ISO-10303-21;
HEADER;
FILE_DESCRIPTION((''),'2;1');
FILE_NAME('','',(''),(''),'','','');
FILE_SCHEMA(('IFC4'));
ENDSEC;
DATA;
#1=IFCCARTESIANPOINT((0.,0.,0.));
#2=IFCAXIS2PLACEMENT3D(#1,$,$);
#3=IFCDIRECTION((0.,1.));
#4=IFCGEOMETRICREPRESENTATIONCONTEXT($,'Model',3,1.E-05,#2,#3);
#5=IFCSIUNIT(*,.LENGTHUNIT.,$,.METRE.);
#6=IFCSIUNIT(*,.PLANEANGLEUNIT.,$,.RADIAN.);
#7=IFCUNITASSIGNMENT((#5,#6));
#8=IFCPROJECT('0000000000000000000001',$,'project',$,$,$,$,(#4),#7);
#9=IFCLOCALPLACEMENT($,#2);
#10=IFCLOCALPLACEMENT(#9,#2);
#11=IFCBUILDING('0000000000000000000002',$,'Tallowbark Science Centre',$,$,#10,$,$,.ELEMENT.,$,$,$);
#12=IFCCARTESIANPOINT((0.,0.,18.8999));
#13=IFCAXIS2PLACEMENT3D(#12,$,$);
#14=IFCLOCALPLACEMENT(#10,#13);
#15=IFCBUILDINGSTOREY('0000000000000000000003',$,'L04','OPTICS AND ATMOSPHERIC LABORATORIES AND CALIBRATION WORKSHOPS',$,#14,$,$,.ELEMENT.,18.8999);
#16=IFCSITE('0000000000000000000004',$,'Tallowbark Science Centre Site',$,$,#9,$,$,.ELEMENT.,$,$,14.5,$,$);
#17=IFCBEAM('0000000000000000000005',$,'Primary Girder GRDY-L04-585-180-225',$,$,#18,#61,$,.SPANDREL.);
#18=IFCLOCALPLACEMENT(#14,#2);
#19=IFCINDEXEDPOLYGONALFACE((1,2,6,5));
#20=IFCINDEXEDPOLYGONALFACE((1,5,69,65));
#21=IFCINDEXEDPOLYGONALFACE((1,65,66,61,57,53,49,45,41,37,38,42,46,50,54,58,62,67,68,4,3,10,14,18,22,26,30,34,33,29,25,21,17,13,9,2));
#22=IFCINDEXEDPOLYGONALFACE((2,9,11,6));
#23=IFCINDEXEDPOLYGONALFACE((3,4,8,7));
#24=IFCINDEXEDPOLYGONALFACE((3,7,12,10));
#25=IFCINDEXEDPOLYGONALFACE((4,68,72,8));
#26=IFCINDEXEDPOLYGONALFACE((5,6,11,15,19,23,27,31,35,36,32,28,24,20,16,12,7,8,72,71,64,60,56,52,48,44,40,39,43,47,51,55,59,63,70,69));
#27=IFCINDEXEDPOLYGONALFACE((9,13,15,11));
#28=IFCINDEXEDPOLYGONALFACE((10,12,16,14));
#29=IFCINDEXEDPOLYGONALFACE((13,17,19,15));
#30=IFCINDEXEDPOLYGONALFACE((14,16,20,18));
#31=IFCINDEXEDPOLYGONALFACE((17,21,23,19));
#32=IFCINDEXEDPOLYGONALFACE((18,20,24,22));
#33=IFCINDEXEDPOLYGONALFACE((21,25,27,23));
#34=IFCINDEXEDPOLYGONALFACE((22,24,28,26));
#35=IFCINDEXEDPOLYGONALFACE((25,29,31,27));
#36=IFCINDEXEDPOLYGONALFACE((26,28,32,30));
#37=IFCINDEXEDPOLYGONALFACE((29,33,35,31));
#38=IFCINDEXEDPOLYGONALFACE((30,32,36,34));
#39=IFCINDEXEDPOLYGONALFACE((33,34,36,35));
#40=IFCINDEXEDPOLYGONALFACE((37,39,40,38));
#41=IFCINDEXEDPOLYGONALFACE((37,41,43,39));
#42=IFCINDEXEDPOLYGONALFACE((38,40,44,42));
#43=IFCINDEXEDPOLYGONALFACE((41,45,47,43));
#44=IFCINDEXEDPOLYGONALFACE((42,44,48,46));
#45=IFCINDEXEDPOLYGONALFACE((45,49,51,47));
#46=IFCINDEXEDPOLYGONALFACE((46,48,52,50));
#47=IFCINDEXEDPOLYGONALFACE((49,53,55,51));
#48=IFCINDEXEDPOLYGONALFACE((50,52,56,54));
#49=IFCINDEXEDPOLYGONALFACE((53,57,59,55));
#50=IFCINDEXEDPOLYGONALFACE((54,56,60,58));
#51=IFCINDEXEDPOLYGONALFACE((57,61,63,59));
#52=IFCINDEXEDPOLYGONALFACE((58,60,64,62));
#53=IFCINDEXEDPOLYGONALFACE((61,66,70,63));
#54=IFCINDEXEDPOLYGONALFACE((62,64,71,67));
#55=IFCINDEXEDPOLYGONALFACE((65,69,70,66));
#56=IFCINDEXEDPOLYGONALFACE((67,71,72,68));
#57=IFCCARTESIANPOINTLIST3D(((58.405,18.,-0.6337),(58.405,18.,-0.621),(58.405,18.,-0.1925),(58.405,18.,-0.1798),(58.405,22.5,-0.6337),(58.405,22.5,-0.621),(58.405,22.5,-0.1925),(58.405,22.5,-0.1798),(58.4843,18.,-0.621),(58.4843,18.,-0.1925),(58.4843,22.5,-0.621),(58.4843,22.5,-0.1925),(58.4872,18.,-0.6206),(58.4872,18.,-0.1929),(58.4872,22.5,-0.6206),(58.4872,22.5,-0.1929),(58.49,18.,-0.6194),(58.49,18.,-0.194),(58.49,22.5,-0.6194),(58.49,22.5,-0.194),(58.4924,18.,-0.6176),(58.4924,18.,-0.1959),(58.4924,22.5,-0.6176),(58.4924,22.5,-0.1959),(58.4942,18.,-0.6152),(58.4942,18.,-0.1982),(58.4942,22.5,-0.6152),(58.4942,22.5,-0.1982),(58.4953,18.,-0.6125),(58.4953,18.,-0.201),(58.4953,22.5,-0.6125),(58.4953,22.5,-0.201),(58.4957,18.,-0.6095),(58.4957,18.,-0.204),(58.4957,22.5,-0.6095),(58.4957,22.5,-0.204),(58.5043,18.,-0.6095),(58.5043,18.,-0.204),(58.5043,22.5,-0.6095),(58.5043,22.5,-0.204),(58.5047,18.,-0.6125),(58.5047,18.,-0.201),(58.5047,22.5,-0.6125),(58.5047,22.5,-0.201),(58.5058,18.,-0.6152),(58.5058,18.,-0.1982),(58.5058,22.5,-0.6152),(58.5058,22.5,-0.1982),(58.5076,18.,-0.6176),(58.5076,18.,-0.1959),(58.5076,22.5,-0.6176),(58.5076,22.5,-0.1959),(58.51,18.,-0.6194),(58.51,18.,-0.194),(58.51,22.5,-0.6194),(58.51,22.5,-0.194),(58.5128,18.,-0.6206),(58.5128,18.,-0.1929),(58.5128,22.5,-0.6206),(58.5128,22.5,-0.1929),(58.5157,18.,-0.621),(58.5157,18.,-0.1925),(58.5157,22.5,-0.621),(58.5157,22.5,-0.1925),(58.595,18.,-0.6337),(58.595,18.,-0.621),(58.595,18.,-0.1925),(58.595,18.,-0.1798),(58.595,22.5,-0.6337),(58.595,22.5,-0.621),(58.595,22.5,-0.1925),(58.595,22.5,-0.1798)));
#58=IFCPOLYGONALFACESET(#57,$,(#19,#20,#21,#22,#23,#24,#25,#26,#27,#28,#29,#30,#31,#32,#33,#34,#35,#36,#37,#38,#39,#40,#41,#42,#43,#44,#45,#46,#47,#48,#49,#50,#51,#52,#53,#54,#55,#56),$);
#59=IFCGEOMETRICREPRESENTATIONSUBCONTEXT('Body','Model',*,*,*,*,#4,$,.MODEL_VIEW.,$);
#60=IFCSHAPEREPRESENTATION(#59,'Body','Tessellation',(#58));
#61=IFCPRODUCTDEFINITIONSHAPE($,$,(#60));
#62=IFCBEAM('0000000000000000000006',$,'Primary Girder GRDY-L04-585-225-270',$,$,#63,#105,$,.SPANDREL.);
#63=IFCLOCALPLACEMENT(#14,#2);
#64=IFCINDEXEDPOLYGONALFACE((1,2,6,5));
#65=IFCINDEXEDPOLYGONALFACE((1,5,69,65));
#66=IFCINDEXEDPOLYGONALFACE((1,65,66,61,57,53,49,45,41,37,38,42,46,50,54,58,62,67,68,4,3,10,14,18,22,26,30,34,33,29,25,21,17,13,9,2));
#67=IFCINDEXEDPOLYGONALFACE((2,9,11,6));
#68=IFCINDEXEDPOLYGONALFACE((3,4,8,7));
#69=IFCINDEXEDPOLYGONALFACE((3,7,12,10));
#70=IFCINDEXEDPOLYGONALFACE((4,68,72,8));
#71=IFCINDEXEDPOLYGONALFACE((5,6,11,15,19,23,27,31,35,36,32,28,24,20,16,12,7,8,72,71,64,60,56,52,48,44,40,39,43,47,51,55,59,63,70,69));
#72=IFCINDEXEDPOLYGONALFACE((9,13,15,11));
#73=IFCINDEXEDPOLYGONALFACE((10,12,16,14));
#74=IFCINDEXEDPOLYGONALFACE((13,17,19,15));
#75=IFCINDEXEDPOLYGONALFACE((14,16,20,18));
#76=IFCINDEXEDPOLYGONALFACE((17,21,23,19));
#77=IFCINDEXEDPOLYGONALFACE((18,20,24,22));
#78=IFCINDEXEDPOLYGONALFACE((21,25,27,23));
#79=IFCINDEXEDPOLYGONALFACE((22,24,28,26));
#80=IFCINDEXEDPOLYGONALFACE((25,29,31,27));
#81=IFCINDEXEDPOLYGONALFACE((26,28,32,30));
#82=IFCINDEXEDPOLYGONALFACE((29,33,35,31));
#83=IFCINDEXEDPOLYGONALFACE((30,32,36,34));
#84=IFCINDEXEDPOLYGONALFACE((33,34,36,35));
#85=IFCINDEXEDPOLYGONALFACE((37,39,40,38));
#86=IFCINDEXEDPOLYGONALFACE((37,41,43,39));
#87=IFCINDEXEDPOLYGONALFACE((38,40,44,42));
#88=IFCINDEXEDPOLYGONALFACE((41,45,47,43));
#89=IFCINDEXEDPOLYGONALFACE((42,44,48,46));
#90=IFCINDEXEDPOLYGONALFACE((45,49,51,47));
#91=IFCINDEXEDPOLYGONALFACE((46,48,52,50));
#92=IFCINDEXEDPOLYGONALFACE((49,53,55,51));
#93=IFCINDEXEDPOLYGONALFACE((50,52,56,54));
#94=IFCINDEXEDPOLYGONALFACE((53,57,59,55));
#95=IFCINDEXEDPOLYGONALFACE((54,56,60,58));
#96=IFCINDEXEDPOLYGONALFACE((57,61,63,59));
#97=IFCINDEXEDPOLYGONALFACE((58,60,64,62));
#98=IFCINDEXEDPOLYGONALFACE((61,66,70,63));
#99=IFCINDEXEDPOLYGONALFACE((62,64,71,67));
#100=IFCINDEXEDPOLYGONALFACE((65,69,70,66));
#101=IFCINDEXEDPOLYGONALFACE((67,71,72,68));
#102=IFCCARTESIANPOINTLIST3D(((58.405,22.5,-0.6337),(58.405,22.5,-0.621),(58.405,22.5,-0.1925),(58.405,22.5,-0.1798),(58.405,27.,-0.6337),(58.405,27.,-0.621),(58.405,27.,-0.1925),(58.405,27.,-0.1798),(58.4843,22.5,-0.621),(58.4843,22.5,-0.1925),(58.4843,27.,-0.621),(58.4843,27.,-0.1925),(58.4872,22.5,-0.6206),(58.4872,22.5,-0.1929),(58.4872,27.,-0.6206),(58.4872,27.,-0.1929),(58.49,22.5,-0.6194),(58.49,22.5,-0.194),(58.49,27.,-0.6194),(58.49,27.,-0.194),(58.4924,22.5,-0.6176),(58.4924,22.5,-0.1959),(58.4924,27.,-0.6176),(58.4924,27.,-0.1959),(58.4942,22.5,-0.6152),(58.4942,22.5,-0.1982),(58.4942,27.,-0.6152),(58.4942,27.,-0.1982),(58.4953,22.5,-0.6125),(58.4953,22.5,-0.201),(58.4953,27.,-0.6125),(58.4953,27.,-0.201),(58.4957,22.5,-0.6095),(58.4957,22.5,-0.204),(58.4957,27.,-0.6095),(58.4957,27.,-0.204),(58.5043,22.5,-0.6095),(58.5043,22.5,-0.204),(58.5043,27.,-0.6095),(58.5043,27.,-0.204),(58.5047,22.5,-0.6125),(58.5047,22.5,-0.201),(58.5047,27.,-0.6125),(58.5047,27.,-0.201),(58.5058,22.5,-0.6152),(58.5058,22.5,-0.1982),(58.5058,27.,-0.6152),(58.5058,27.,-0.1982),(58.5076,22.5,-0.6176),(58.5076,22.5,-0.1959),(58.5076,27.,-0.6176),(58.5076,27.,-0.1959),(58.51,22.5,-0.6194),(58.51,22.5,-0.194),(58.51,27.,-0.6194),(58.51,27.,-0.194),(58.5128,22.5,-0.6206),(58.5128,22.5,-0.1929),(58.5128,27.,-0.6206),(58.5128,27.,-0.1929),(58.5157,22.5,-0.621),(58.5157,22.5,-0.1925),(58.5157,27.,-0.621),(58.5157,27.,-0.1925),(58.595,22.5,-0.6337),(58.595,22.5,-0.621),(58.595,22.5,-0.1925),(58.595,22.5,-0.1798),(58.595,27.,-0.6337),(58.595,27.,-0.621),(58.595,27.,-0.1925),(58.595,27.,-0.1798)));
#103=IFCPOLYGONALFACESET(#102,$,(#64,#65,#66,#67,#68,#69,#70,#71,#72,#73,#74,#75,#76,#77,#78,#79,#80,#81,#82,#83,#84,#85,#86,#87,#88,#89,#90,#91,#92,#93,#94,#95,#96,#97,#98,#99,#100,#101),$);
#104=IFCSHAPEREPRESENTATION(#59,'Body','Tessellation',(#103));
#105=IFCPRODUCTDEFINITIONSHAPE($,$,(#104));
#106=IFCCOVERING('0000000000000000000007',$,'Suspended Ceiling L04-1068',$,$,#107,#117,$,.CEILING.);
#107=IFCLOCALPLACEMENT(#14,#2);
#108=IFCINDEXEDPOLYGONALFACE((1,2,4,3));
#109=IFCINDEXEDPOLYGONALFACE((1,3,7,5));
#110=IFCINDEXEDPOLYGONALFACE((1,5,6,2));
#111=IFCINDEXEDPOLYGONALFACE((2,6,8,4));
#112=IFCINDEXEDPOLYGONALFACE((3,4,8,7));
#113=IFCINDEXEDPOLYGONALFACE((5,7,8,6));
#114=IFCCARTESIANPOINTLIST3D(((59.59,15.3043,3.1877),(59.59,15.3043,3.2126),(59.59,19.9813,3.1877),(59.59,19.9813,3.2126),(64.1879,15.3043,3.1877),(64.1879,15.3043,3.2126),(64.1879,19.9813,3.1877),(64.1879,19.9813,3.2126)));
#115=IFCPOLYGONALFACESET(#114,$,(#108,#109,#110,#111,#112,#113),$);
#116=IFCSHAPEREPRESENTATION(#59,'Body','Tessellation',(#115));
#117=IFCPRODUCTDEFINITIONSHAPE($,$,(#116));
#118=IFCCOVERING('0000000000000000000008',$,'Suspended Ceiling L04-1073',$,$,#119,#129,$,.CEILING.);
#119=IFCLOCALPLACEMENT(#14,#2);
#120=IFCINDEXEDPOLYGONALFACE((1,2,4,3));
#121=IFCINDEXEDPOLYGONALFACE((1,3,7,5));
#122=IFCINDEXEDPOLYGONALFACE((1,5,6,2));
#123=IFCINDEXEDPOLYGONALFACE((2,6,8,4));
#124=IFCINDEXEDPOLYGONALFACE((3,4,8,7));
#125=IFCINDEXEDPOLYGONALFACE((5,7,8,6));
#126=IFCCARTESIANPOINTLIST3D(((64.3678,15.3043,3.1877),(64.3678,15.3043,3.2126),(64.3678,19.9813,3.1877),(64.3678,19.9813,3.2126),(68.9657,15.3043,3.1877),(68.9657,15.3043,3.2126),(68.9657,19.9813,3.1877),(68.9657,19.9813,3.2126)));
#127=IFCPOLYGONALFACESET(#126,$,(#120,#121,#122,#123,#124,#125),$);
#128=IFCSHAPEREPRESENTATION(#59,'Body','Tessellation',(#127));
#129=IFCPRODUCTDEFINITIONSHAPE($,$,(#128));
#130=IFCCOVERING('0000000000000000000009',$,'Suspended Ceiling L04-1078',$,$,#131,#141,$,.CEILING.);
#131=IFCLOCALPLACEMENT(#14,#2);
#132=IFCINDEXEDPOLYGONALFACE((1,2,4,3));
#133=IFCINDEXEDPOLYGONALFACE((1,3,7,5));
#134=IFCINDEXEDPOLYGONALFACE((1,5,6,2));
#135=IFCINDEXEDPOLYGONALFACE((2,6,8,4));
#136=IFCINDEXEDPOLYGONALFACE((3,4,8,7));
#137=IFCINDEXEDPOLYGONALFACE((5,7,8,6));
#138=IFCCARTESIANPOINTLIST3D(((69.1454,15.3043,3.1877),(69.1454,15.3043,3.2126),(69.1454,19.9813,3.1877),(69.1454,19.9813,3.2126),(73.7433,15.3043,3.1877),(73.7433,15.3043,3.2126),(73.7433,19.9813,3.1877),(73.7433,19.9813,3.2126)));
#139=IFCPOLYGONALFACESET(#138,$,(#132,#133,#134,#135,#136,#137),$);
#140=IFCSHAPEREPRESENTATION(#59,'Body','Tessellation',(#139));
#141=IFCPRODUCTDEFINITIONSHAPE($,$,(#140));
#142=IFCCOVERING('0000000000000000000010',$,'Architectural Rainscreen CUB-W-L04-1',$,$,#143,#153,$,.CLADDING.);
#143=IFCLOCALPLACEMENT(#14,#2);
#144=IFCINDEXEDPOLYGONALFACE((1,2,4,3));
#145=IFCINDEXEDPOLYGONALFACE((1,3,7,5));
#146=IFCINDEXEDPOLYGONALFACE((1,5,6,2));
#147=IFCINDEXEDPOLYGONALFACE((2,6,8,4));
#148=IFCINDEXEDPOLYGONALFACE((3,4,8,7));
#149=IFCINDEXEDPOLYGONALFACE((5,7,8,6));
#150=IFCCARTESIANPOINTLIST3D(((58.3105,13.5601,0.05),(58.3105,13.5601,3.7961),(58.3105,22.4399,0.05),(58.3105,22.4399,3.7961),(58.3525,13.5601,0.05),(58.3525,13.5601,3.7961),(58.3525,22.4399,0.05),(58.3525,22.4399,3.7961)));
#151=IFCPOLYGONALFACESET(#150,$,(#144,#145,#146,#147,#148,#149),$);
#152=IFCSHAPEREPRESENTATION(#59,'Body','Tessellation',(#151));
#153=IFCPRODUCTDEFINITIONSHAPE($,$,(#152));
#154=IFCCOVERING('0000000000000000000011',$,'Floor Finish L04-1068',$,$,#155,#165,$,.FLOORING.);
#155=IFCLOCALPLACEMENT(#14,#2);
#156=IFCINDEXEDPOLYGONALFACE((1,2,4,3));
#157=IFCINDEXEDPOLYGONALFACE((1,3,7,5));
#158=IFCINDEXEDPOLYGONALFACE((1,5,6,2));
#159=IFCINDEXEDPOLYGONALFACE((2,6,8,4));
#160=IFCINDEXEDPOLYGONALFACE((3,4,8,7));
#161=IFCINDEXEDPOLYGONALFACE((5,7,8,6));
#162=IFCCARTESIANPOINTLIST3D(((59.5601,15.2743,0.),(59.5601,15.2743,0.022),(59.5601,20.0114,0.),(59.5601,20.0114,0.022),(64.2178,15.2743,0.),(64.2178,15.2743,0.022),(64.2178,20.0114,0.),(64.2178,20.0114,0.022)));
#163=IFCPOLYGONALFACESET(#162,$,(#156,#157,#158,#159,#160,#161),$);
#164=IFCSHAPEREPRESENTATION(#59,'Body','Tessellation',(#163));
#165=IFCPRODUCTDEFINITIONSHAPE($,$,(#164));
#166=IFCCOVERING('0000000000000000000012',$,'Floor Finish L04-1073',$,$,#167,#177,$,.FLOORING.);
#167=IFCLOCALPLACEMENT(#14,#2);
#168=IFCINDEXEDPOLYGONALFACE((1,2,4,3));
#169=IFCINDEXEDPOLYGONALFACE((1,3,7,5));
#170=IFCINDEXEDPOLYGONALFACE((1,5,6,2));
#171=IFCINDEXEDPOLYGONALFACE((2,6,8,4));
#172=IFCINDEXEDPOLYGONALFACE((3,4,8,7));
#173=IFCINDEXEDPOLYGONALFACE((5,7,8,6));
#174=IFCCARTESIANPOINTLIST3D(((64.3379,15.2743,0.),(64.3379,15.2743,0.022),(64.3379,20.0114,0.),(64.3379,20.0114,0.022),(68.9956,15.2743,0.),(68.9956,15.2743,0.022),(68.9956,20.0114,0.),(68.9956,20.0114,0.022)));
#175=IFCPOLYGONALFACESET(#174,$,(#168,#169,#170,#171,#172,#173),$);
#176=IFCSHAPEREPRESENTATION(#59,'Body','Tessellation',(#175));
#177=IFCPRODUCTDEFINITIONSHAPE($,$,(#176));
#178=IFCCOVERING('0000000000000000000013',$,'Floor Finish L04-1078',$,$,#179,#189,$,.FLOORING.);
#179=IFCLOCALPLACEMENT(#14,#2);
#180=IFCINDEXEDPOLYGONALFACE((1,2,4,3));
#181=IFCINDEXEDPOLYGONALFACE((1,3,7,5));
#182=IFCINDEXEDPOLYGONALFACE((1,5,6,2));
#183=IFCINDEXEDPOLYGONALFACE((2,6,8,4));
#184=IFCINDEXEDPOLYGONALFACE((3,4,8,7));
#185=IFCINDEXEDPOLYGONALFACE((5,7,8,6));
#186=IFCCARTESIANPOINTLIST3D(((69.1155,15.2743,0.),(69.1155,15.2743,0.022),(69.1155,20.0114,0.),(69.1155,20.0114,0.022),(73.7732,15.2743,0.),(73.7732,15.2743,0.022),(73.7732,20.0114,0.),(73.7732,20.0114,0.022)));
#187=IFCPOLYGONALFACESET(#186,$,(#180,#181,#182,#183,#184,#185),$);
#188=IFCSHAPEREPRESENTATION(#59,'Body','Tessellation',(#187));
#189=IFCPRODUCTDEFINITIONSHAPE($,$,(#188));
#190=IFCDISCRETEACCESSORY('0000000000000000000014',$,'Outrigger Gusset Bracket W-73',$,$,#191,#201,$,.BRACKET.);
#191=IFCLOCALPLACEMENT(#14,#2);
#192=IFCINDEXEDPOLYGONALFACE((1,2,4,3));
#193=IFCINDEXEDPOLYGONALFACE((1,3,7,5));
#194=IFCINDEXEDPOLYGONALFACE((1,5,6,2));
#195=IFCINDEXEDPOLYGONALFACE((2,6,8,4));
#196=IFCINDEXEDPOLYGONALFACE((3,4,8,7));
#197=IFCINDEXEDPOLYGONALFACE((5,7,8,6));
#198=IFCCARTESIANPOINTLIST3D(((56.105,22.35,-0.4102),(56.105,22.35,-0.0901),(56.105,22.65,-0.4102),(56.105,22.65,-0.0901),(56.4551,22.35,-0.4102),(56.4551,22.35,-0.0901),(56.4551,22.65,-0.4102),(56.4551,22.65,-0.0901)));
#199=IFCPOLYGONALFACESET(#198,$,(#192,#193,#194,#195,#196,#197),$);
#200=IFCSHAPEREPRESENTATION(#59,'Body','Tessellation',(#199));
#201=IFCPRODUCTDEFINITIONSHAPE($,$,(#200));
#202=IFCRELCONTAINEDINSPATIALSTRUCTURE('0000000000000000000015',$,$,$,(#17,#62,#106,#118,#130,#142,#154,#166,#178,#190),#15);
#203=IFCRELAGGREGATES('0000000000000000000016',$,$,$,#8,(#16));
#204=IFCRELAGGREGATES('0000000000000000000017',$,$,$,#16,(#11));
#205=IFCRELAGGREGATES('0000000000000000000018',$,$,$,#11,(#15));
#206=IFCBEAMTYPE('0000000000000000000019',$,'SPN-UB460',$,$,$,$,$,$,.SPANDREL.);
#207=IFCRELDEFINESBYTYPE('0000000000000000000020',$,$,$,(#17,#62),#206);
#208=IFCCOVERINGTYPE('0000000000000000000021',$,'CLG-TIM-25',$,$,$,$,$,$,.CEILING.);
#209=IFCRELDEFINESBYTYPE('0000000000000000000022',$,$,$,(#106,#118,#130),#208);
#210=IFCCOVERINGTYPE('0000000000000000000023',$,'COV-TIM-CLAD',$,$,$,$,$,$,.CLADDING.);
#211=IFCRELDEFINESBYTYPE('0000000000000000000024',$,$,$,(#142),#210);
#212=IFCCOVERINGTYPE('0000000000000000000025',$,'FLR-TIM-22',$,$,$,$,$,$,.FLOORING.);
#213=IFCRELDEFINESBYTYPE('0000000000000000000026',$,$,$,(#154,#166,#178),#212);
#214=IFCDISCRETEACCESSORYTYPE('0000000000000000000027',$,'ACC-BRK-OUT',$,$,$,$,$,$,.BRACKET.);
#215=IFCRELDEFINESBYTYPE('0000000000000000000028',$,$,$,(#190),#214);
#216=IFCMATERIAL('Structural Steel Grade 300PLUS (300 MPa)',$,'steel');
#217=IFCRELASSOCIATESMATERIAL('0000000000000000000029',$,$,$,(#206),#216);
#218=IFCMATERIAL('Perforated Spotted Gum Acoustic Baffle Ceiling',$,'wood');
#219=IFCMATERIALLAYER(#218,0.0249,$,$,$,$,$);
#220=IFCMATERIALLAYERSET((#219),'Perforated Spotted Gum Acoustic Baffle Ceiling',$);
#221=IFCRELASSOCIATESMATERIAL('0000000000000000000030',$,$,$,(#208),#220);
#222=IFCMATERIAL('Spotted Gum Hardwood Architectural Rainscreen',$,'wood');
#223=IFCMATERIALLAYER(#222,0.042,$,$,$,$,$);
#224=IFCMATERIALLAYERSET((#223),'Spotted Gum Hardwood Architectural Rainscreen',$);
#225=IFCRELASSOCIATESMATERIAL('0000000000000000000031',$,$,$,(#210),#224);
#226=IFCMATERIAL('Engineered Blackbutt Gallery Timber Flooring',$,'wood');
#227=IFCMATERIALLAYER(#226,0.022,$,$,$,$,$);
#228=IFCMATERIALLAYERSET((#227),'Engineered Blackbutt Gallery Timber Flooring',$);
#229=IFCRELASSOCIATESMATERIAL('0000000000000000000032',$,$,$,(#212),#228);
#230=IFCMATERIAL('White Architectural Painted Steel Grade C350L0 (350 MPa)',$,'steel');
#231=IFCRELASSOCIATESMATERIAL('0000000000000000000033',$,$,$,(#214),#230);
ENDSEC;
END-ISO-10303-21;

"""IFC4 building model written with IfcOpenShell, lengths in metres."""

from ifc_helpers import new_model, si_unit, direction, frame, origin, origin_2d, place, context, subcontext, project, spatial, rectangle, i_section, extrude, material, layer, layer_set, material_profile, profile_set, type_object, element, save


model = new_model("IFC4")

# Units and contexts
model_context = context("Model", 3, precision=1e-05, world=origin(), true_north=direction((0.0, 1.0)))
body_context = subcontext(model_context, "Body", "Model", "MODEL_VIEW")
ifc_project = project(units=[si_unit("LENGTHUNIT", "METRE"), si_unit("PLANEANGLEUNIT", "RADIAN")], contexts=[model_context])

# Site, building, storey
site_placement = place(None, origin())
site = spatial("IfcSite", under=ifc_project, at=site_placement, Name="Tallowbark Science Centre Site", CompositionType="ELEMENT", RefElevation=14.5)
building_placement = place(site_placement, origin())
building = spatial("IfcBuilding", under=site, at=building_placement, Name="Tallowbark Science Centre", CompositionType="ELEMENT")
storey_placement = place(building_placement, frame((0.0, 0.0, 18.8999)))
storey = spatial("IfcBuildingStorey", under=building, at=storey_placement, Name="L04", Description="OPTICS AND ATMOSPHERIC LABORATORIES AND CALIBRATION WORKSHOPS", CompositionType="ELEMENT", Elevation=18.8999)

# Shared definitions
ifc_material_1 = material(Name="White Architectural Painted Steel Grade C350L0 (350 MPa)", Category="steel")
ifc_material_2 = material(Name="Structural Steel Grade 300PLUS (300 MPa)", Category="steel")

# Beams
ifc_material_profile_1 = material_profile(ifc_material_2, i_section(OverallWidth=0.1899, OverallDepth=0.4539, WebThickness=0.0085, FlangeThickness=0.0127, FilletRadius=0.0115, at=origin_2d()), Name="460UB67.1")
ifc_profile_set_1 = profile_set([ifc_material_profile_1], Name="Structural Steel Grade 300PLUS (300 MPa)")
beam_type_1 = type_object("IfcBeamType", Name="SPN-UB460", PredefinedType="SPANDREL", material=ifc_profile_set_1)
for number, where, z_axis, x_axis, name in (
    (1, (58.5, 18.0, -0.4067), (0.0, 1.0, 0.0), (-1.0, 0.0, 0.0), "Primary Girder GRDY-L04-585-180-225"),
    (2, (58.5, 22.5, -0.4067), (0.0, 1.0, 0.0), (-1.0, 0.0, 0.0), "Primary Girder GRDY-L04-585-225-270"),
):
    element("IfcBeam", number, at=place(storey_placement, frame(where, z_axis=z_axis, x_axis=x_axis)), inside=storey, type_object=beam_type_1, Name=name, PredefinedType="SPANDREL", context=body_context, shape_type="SweptSolid", body=[
        extrude(i_section(OverallWidth=0.1899, OverallDepth=0.4539, WebThickness=0.0085, FlangeThickness=0.0127, FilletRadius=0.0115, at=origin_2d()), origin(), (0.0, 0.0, 1.0), 4.5),
    ])

# Coverings
ifc_material_3 = material(Name="Perforated Spotted Gum Acoustic Baffle Ceiling", Category="wood")
ifc_layer_1 = layer(ifc_material_3, 0.0249)
ifc_layer_set_1 = layer_set([ifc_layer_1], Name="Perforated Spotted Gum Acoustic Baffle Ceiling")
covering_type_1 = type_object("IfcCoveringType", Name="CLG-TIM-25", PredefinedType="CEILING", material=ifc_layer_set_1)
for number, where, z_axis, x_axis, name in (
    (3, (61.8889, 17.6428, 3.1877), (0.0, 0.0, 1.0), (1.0, 0.0, 0.0), "Suspended Ceiling L04-1068"),
    (4, (66.6667, 17.6428, 3.1877), (0.0, 0.0, 1.0), (1.0, 0.0, 0.0), "Suspended Ceiling L04-1073"),
    (5, (71.4443, 17.6428, 3.1877), (0.0, 0.0, 1.0), (1.0, 0.0, 0.0), "Suspended Ceiling L04-1078"),
):
    element("IfcCovering", number, at=place(storey_placement, frame(where, z_axis=z_axis, x_axis=x_axis)), inside=storey, type_object=covering_type_1, Name=name, PredefinedType="CEILING", context=body_context, shape_type="SweptSolid", body=[
        extrude(rectangle(XDim=4.5979, YDim=4.677, at=origin_2d()), origin(), (0.0, 0.0, 1.0), 0.0249),
    ])
ifc_material_4 = material(Name="Spotted Gum Hardwood Architectural Rainscreen", Category="wood")
ifc_layer_2 = layer(ifc_material_4, 0.042)
ifc_layer_set_2 = layer_set([ifc_layer_2], Name="Spotted Gum Hardwood Architectural Rainscreen")
covering_type_2 = type_object("IfcCoveringType", Name="COV-TIM-CLAD", PredefinedType="CLADDING", material=ifc_layer_set_2)
covering_placement = place(storey_placement, frame((58.3315, 18.0, 0.05), z_axis=(0.0, 0.0, 1.0), x_axis=(0.0, -1.0, 0.0)))
element("IfcCovering", 6, at=covering_placement, inside=storey, type_object=covering_type_2, Name="Architectural Rainscreen CUB-W-L04-1", PredefinedType="CLADDING", context=body_context, shape_type="SweptSolid", body=[
    extrude(rectangle(XDim=8.8799, YDim=0.042, at=origin_2d()), origin(), (0.0, 0.0, 1.0), 3.7461),
])
ifc_material_5 = material(Name="Engineered Blackbutt Gallery Timber Flooring", Category="wood")
ifc_layer_3 = layer(ifc_material_5, 0.022)
ifc_layer_set_3 = layer_set([ifc_layer_3], Name="Engineered Blackbutt Gallery Timber Flooring")
covering_type_3 = type_object("IfcCoveringType", Name="FLR-TIM-22", PredefinedType="FLOORING", material=ifc_layer_set_3)
for number, where, z_axis, x_axis, name in (
    (7, (61.8889, 17.6428, 0.0), (0.0, 0.0, 1.0), (1.0, 0.0, 0.0), "Floor Finish L04-1068"),
    (8, (66.6667, 17.6428, 0.0), (0.0, 0.0, 1.0), (1.0, 0.0, 0.0), "Floor Finish L04-1073"),
    (9, (71.4443, 17.6428, 0.0), (0.0, 0.0, 1.0), (1.0, 0.0, 0.0), "Floor Finish L04-1078"),
):
    element("IfcCovering", number, at=place(storey_placement, frame(where, z_axis=z_axis, x_axis=x_axis)), inside=storey, type_object=covering_type_3, Name=name, PredefinedType="FLOORING", context=body_context, shape_type="SweptSolid", body=[
        extrude(rectangle(XDim=4.6577, YDim=4.7371, at=origin_2d()), origin(), (0.0, 0.0, 1.0), 0.022),
    ])

# Discrete accessory
discrete_accessory_type_1 = type_object("IfcDiscreteAccessoryType", Name="ACC-BRK-OUT", PredefinedType="BRACKET", material=ifc_material_1)
discrete_accessory_placement = place(storey_placement, frame((56.28, 22.5, -0.4102), z_axis=(0.0, 0.0, 1.0), x_axis=(1.0, 0.0, 0.0)))
element("IfcDiscreteAccessory", 10, at=discrete_accessory_placement, inside=storey, type_object=discrete_accessory_type_1, Name="Outrigger Gusset Bracket W-73", PredefinedType="BRACKET", context=body_context, shape_type="SweptSolid", body=[
    extrude(rectangle(XDim=0.3501, YDim=0.3, at=origin_2d()), origin(), (0.0, 0.0, 1.0), 0.3201),
])

save(model, "model.ifc")
